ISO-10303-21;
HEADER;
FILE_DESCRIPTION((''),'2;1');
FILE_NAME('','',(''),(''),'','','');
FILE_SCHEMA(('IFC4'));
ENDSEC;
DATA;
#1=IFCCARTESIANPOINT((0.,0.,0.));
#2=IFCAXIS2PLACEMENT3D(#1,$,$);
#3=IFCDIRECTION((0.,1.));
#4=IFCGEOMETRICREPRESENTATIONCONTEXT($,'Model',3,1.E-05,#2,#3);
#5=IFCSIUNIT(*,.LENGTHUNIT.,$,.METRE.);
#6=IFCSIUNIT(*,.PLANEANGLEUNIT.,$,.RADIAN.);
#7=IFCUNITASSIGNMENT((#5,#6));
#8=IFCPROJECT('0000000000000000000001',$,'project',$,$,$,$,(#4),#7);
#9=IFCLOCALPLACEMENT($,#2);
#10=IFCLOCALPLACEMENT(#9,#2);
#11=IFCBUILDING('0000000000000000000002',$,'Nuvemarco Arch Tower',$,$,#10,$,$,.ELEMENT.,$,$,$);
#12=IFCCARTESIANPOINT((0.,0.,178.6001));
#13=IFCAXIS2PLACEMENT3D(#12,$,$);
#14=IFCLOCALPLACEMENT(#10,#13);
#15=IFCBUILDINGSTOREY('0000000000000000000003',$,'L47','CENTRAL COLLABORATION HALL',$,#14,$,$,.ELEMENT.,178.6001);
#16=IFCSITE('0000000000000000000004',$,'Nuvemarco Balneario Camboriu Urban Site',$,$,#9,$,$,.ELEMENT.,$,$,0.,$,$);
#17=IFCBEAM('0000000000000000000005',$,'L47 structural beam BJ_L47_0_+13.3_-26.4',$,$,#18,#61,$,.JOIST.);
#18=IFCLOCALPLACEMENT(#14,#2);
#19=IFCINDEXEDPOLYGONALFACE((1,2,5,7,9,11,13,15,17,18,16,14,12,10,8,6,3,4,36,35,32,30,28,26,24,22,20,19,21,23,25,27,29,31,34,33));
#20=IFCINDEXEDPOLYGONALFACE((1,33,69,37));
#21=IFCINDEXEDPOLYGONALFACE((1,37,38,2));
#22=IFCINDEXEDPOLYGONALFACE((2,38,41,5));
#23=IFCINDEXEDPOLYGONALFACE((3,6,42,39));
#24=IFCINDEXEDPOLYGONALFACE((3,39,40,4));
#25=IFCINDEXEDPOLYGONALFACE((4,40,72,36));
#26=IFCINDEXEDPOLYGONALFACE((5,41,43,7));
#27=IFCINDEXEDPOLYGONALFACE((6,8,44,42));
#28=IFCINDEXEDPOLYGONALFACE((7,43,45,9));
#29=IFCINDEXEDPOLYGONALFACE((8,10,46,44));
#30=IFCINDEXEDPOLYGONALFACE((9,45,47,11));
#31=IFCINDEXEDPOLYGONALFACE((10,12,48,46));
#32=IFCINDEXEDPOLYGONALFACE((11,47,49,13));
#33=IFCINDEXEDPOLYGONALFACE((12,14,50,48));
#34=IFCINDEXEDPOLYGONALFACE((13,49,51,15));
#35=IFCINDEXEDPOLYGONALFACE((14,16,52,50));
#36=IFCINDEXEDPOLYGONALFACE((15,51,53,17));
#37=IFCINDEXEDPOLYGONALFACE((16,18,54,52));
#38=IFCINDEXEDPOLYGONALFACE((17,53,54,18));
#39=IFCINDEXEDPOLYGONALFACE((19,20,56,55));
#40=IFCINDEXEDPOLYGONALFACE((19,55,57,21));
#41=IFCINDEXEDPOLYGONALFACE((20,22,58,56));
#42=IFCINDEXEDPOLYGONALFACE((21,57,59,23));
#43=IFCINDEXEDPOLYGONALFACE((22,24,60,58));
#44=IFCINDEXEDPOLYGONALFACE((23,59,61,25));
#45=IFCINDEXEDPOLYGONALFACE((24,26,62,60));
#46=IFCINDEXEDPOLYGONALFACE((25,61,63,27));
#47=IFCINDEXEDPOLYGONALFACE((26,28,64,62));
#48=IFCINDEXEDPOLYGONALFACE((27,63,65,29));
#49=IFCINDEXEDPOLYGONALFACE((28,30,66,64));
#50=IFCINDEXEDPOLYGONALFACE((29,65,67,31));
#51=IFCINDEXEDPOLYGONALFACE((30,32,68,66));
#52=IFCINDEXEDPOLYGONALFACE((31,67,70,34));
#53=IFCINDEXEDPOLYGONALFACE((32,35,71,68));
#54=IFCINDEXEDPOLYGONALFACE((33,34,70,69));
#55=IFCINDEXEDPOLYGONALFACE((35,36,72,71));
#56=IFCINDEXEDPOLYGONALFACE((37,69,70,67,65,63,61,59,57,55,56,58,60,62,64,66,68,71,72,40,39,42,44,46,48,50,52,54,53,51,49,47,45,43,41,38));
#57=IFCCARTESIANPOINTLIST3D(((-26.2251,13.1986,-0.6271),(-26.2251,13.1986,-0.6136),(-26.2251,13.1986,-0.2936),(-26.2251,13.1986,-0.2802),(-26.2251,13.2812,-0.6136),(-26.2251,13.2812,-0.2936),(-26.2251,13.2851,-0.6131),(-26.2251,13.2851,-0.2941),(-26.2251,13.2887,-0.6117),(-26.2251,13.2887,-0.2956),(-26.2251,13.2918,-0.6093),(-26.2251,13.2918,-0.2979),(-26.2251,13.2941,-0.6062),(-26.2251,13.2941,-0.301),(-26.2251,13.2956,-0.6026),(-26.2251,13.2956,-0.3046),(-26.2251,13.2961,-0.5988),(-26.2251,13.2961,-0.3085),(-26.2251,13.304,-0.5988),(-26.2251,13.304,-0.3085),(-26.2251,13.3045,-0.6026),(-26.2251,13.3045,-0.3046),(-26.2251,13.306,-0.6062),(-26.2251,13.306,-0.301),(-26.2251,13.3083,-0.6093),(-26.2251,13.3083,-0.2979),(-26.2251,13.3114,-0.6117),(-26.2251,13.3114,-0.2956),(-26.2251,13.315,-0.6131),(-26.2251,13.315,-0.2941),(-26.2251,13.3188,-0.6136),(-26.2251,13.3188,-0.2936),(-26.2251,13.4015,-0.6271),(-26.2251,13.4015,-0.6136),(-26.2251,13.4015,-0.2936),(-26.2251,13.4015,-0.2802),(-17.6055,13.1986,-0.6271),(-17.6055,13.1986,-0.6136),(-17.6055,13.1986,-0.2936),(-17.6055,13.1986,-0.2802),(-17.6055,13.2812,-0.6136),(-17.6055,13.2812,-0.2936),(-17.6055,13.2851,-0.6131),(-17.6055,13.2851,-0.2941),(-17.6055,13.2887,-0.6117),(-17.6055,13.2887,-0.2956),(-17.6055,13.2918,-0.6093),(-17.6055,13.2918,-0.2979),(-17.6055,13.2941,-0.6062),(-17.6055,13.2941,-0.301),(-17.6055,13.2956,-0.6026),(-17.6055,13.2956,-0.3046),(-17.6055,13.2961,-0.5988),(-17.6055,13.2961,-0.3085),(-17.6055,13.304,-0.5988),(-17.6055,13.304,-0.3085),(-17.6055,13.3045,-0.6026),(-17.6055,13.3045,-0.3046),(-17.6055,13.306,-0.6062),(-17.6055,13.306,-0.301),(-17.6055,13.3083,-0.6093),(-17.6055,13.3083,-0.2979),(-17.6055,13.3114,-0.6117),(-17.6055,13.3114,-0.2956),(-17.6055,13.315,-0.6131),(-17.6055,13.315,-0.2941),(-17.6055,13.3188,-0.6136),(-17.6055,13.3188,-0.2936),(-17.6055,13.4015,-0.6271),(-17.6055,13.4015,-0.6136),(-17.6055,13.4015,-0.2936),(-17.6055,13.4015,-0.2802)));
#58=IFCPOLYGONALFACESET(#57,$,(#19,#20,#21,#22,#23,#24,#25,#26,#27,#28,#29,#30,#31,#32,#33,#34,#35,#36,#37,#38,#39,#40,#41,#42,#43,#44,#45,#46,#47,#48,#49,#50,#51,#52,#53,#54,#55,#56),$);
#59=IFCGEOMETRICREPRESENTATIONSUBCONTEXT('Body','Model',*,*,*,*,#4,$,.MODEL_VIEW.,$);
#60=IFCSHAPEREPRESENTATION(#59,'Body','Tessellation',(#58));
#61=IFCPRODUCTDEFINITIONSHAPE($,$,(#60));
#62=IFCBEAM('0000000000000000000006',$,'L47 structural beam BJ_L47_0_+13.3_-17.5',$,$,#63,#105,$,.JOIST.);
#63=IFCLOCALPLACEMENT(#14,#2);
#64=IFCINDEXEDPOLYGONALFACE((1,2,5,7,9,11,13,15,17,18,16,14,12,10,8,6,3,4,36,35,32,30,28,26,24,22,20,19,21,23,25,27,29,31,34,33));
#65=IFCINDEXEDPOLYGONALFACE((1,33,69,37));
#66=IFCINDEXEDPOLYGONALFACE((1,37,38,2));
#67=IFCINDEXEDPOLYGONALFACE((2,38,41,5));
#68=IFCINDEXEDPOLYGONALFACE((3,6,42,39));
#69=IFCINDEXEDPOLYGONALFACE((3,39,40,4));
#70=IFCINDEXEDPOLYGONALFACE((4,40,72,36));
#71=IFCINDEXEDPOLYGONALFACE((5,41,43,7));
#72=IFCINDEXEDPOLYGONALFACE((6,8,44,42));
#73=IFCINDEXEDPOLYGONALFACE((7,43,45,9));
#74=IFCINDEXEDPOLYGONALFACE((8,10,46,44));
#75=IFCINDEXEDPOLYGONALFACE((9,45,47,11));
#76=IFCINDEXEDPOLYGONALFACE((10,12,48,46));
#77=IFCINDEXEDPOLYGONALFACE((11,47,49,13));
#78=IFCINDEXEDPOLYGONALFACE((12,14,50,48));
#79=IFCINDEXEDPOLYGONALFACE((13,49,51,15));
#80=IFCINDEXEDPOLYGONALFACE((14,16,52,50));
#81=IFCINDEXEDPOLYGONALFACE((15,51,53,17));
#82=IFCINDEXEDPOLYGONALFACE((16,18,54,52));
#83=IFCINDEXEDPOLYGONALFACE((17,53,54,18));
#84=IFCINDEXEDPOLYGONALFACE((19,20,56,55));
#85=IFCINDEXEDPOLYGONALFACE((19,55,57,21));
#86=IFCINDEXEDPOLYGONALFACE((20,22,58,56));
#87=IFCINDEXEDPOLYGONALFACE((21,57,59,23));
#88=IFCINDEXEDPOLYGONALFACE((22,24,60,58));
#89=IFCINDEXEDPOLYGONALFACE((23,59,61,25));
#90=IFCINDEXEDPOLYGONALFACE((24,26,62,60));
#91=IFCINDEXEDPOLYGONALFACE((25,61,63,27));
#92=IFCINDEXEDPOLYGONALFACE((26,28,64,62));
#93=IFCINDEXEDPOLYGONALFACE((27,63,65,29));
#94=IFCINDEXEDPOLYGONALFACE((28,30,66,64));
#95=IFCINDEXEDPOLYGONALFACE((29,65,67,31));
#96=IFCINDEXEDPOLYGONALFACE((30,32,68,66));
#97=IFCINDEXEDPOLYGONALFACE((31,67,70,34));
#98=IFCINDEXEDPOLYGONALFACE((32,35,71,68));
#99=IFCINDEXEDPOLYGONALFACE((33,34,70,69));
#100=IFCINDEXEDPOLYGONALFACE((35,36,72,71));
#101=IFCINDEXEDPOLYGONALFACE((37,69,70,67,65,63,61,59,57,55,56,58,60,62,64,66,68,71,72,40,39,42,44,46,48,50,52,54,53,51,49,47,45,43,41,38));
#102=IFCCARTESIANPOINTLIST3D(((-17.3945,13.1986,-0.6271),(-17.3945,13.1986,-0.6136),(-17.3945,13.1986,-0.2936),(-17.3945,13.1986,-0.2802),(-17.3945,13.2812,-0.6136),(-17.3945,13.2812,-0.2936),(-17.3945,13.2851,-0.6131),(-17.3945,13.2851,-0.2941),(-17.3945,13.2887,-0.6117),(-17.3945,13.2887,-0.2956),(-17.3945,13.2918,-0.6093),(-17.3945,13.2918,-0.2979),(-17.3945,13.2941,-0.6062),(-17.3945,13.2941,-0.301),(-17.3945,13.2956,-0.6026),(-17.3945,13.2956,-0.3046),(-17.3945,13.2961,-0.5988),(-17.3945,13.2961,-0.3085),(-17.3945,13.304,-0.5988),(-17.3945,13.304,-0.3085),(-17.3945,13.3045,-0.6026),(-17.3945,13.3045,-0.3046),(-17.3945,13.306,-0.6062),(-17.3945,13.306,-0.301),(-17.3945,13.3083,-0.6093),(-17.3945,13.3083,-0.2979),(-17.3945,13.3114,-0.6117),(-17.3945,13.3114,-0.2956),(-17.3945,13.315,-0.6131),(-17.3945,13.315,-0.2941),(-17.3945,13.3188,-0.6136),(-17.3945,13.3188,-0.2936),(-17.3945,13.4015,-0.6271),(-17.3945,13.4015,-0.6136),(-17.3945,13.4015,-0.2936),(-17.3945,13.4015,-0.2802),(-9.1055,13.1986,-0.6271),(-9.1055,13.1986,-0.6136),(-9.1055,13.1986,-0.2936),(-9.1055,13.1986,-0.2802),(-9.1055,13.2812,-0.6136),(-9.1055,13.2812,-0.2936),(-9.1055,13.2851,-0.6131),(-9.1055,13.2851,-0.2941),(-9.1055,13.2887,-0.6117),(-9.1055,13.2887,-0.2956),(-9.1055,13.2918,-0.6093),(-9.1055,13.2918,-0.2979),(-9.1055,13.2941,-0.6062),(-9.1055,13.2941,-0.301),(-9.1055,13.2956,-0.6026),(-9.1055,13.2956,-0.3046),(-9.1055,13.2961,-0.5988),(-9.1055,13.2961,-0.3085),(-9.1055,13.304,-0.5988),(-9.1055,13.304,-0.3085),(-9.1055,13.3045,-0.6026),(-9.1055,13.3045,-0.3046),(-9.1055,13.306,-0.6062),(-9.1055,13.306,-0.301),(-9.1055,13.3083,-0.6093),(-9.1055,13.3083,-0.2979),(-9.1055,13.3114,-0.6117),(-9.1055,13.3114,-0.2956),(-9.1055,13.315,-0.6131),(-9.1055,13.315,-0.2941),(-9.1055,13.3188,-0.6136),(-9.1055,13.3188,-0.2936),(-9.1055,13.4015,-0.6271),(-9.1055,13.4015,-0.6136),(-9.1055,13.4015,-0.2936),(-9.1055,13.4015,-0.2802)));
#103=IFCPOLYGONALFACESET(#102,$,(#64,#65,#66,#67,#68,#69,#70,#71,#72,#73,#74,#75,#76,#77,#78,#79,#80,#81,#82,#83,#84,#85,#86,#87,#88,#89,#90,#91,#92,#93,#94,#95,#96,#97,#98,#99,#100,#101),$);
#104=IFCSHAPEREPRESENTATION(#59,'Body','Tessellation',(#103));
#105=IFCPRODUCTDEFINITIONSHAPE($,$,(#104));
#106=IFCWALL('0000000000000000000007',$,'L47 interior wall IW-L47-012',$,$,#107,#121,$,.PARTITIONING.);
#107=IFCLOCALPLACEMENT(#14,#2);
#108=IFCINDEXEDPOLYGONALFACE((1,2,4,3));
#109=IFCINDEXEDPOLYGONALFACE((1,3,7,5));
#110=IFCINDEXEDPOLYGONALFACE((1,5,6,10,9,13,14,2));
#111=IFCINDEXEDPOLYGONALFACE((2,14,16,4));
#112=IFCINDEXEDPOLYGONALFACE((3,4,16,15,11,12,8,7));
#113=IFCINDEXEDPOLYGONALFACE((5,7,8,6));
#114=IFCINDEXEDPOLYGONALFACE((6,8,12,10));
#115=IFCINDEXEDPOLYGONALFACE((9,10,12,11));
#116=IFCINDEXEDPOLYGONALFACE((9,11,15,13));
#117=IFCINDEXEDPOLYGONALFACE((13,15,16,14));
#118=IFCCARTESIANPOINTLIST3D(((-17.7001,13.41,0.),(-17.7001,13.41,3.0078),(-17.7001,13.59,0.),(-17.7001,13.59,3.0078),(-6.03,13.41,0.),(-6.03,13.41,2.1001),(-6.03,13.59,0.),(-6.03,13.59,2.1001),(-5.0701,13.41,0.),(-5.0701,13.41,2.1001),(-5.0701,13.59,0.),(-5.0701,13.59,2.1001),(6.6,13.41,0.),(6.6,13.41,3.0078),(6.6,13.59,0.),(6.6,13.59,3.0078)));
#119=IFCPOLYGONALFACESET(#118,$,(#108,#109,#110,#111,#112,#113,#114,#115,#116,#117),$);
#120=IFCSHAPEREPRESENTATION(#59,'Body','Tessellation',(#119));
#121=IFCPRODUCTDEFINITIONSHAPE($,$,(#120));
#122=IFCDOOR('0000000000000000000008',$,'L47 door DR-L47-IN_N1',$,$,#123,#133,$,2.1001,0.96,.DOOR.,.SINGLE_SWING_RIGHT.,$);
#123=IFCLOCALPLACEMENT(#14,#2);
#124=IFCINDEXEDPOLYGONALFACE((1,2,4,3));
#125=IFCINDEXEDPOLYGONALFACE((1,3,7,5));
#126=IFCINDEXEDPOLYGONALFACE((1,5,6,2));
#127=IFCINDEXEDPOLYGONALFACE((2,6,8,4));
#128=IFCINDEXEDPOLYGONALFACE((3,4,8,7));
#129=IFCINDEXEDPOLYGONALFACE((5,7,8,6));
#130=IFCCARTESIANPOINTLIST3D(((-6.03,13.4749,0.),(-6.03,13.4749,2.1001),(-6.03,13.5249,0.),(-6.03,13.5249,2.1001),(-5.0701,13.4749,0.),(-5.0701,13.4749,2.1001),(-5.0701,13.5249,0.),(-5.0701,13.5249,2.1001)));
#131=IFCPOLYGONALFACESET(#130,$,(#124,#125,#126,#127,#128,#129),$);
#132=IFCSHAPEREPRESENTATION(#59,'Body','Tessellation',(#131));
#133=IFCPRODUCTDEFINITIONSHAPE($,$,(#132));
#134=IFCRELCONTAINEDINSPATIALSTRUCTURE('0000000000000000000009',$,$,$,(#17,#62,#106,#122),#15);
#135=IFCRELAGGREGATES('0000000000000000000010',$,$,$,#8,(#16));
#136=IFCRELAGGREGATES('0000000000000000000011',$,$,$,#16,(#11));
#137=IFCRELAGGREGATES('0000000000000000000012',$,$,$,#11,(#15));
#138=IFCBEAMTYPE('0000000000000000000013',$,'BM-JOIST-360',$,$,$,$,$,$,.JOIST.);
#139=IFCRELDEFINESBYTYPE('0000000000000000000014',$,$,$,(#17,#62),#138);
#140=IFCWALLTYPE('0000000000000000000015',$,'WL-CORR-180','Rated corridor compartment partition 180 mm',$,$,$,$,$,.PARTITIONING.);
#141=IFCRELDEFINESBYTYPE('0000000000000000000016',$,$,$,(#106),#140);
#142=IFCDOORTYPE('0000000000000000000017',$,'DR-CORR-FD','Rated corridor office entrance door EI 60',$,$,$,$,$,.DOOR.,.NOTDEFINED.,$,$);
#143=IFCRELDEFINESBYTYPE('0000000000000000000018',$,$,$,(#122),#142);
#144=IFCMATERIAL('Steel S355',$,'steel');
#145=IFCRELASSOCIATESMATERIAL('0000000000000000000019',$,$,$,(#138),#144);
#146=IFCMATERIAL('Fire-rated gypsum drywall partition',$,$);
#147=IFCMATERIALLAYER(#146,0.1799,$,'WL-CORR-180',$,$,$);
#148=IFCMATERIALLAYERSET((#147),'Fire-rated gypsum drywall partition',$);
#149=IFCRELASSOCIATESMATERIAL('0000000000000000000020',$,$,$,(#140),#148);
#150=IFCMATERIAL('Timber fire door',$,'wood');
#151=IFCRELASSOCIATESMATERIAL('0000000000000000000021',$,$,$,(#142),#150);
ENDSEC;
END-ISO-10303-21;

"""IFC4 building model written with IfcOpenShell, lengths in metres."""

from ifc_helpers import new_model, si_unit, direction, frame, frame_2d, origin, origin_2d, place, context, subcontext, project, spatial, rectangle, i_section, extrude, source, transform, mapped, material, layer, layer_set, material_profile, profile_set, type_object, type_shapes, element, fill, save


model = new_model("IFC4")

# Units and contexts
model_context = context("Model", 3, precision=1e-05, world=origin(), true_north=direction((0.0, 1.0)))
body_context = subcontext(model_context, "Body", "Model", "MODEL_VIEW")
ifc_project = project(units=[si_unit("LENGTHUNIT", "METRE"), si_unit("PLANEANGLEUNIT", "RADIAN")], contexts=[model_context])

# Site, building, storey
site_placement = place(None, origin())
site = spatial("IfcSite", under=ifc_project, at=site_placement, Name="Nuvemarco Balneario Camboriu Urban Site", CompositionType="ELEMENT", RefElevation=0.0)
building_placement = place(site_placement, origin())
building = spatial("IfcBuilding", under=site, at=building_placement, Name="Nuvemarco Arch Tower", CompositionType="ELEMENT")
storey_placement = place(building_placement, frame((0.0, 0.0, 178.6001)))
storey = spatial("IfcBuildingStorey", under=building, at=storey_placement, Name="L47", Description="CENTRAL COLLABORATION HALL", CompositionType="ELEMENT", Elevation=178.6001)

# Shared definitions
ifc_material_1 = material(Name="Steel S355", Category="steel")

# Beams
ifc_material_profile_1 = material_profile(ifc_material_1, i_section(OverallWidth=0.2029, OverallDepth=0.3469, WebThickness=0.0078, FlangeThickness=0.0134, FilletRadius=0.0149, at=origin_2d()), Name="W360x64")
ifc_profile_set_1 = profile_set([ifc_material_profile_1], Name="Steel S355")
beam_type_1 = type_object("IfcBeamType", Name="BM-JOIST-360", PredefinedType="JOIST", material=ifc_profile_set_1)
beam_1_placement = place(storey_placement, frame((-26.2251, 13.3, -0.4536), z_axis=(1.0, 0.0, 0.0), x_axis=(0.0, 1.0, 0.0)))
element("IfcBeam", 1, at=beam_1_placement, inside=storey, type_object=beam_type_1, Name="L47 structural beam BJ_L47_0_+13.3_-26.4", PredefinedType="JOIST", context=body_context, shape_type="SweptSolid", body=[
    extrude(i_section(OverallWidth=0.2029, OverallDepth=0.3469, WebThickness=0.0078, FlangeThickness=0.0134, FilletRadius=0.0149, at=origin_2d()), origin(), (0.0, 0.0, 1.0), 8.6196),
])
beam_2_placement = place(storey_placement, frame((-17.3945, 13.3, -0.4536), z_axis=(1.0, 0.0, 0.0), x_axis=(0.0, 1.0, 0.0)))
element("IfcBeam", 2, at=beam_2_placement, inside=storey, type_object=beam_type_1, Name="L47 structural beam BJ_L47_0_+13.3_-17.5", PredefinedType="JOIST", context=body_context, shape_type="SweptSolid", body=[
    extrude(i_section(OverallWidth=0.2029, OverallDepth=0.3469, WebThickness=0.0078, FlangeThickness=0.0134, FilletRadius=0.0149, at=origin_2d()), origin(), (0.0, 0.0, 1.0), 8.2891),
])

# Wall, opening, door
ifc_material_2 = material(Name="Fire-rated gypsum drywall partition")
ifc_layer = layer(ifc_material_2, 0.1799, Name="WL-CORR-180")
ifc_layer_set = layer_set([ifc_layer], Name="Fire-rated gypsum drywall partition")
wall_type = type_object("IfcWallType", Name="WL-CORR-180", Description="Rated corridor compartment partition 180 mm", PredefinedType="PARTITIONING", material=ifc_layer_set)
wall_1_placement = place(storey_placement, frame((-17.7, 13.5, 0.0), z_axis=(0.0, 0.0, 1.0), x_axis=(1.0, 0.0, 0.0)))
wall_1 = element("IfcWall", 3, at=wall_1_placement, inside=storey, type_object=wall_type, Name="L47 interior wall IW-L47-012", PredefinedType="PARTITIONING", context=body_context, shape_type="SweptSolid", body=[
    extrude(rectangle(XDim=24.3, YDim=0.1799, at=frame_2d((12.1499, 0.0))), origin(), (0.0, 0.0, 1.0), 3.0078),
])
opening_1_placement = place(wall_1_placement, frame((11.6699, 0.0, 0.0)))
opening_1 = element("IfcOpeningElement", 4, at=opening_1_placement, cuts=wall_1, PredefinedType="OPENING", context=body_context, shape_type="SweptSolid", body=[
    extrude(rectangle(XDim=0.96, YDim=2.1001, at=frame_2d((0.48, 1.05))), frame((0.0, 0.0999, 0.0), z_axis=(0.0, -1.0, 0.0), x_axis=(1.0, 0.0, 0.0)), (0.0, 0.0, 1.0), 0.2),
])
ifc_material_3 = material(Name="Timber fire door", Category="wood")
door_type = type_object("IfcDoorType", Name="DR-CORR-FD", Description="Rated corridor office entrance door EI 60", OperationType="NOTDEFINED", PredefinedType="DOOR", material=ifc_material_3)
shared_shape_1 = source(origin(), body_context, "Body", "SweptSolid", [
    extrude(rectangle(XDim=0.96, YDim=2.1001, at=frame_2d((0.48, 1.05))), frame((0.0, 0.0249, 0.0), z_axis=(0.0, -1.0, 0.0), x_axis=(1.0, 0.0, 0.0)), (0.0, 0.0, 1.0), 0.05),
])
type_shapes(door_type, [shared_shape_1])
door_1_placement = place(opening_1_placement, origin())
door_1 = element("IfcDoor", 5, at=door_1_placement, inside=storey, type_object=door_type, Name="L47 door DR-L47-IN_N1", OperationType="SINGLE_SWING_RIGHT", OverallHeight=2.1001, OverallWidth=0.96, PredefinedType="DOOR", context=body_context, shape_type="MappedRepresentation", body=[
    mapped(shared_shape_1, transform((0.0, 0.0, 0.0), scale=1.0)),
])
fill(opening_1, door_1)

save(model, "model.ifc")
